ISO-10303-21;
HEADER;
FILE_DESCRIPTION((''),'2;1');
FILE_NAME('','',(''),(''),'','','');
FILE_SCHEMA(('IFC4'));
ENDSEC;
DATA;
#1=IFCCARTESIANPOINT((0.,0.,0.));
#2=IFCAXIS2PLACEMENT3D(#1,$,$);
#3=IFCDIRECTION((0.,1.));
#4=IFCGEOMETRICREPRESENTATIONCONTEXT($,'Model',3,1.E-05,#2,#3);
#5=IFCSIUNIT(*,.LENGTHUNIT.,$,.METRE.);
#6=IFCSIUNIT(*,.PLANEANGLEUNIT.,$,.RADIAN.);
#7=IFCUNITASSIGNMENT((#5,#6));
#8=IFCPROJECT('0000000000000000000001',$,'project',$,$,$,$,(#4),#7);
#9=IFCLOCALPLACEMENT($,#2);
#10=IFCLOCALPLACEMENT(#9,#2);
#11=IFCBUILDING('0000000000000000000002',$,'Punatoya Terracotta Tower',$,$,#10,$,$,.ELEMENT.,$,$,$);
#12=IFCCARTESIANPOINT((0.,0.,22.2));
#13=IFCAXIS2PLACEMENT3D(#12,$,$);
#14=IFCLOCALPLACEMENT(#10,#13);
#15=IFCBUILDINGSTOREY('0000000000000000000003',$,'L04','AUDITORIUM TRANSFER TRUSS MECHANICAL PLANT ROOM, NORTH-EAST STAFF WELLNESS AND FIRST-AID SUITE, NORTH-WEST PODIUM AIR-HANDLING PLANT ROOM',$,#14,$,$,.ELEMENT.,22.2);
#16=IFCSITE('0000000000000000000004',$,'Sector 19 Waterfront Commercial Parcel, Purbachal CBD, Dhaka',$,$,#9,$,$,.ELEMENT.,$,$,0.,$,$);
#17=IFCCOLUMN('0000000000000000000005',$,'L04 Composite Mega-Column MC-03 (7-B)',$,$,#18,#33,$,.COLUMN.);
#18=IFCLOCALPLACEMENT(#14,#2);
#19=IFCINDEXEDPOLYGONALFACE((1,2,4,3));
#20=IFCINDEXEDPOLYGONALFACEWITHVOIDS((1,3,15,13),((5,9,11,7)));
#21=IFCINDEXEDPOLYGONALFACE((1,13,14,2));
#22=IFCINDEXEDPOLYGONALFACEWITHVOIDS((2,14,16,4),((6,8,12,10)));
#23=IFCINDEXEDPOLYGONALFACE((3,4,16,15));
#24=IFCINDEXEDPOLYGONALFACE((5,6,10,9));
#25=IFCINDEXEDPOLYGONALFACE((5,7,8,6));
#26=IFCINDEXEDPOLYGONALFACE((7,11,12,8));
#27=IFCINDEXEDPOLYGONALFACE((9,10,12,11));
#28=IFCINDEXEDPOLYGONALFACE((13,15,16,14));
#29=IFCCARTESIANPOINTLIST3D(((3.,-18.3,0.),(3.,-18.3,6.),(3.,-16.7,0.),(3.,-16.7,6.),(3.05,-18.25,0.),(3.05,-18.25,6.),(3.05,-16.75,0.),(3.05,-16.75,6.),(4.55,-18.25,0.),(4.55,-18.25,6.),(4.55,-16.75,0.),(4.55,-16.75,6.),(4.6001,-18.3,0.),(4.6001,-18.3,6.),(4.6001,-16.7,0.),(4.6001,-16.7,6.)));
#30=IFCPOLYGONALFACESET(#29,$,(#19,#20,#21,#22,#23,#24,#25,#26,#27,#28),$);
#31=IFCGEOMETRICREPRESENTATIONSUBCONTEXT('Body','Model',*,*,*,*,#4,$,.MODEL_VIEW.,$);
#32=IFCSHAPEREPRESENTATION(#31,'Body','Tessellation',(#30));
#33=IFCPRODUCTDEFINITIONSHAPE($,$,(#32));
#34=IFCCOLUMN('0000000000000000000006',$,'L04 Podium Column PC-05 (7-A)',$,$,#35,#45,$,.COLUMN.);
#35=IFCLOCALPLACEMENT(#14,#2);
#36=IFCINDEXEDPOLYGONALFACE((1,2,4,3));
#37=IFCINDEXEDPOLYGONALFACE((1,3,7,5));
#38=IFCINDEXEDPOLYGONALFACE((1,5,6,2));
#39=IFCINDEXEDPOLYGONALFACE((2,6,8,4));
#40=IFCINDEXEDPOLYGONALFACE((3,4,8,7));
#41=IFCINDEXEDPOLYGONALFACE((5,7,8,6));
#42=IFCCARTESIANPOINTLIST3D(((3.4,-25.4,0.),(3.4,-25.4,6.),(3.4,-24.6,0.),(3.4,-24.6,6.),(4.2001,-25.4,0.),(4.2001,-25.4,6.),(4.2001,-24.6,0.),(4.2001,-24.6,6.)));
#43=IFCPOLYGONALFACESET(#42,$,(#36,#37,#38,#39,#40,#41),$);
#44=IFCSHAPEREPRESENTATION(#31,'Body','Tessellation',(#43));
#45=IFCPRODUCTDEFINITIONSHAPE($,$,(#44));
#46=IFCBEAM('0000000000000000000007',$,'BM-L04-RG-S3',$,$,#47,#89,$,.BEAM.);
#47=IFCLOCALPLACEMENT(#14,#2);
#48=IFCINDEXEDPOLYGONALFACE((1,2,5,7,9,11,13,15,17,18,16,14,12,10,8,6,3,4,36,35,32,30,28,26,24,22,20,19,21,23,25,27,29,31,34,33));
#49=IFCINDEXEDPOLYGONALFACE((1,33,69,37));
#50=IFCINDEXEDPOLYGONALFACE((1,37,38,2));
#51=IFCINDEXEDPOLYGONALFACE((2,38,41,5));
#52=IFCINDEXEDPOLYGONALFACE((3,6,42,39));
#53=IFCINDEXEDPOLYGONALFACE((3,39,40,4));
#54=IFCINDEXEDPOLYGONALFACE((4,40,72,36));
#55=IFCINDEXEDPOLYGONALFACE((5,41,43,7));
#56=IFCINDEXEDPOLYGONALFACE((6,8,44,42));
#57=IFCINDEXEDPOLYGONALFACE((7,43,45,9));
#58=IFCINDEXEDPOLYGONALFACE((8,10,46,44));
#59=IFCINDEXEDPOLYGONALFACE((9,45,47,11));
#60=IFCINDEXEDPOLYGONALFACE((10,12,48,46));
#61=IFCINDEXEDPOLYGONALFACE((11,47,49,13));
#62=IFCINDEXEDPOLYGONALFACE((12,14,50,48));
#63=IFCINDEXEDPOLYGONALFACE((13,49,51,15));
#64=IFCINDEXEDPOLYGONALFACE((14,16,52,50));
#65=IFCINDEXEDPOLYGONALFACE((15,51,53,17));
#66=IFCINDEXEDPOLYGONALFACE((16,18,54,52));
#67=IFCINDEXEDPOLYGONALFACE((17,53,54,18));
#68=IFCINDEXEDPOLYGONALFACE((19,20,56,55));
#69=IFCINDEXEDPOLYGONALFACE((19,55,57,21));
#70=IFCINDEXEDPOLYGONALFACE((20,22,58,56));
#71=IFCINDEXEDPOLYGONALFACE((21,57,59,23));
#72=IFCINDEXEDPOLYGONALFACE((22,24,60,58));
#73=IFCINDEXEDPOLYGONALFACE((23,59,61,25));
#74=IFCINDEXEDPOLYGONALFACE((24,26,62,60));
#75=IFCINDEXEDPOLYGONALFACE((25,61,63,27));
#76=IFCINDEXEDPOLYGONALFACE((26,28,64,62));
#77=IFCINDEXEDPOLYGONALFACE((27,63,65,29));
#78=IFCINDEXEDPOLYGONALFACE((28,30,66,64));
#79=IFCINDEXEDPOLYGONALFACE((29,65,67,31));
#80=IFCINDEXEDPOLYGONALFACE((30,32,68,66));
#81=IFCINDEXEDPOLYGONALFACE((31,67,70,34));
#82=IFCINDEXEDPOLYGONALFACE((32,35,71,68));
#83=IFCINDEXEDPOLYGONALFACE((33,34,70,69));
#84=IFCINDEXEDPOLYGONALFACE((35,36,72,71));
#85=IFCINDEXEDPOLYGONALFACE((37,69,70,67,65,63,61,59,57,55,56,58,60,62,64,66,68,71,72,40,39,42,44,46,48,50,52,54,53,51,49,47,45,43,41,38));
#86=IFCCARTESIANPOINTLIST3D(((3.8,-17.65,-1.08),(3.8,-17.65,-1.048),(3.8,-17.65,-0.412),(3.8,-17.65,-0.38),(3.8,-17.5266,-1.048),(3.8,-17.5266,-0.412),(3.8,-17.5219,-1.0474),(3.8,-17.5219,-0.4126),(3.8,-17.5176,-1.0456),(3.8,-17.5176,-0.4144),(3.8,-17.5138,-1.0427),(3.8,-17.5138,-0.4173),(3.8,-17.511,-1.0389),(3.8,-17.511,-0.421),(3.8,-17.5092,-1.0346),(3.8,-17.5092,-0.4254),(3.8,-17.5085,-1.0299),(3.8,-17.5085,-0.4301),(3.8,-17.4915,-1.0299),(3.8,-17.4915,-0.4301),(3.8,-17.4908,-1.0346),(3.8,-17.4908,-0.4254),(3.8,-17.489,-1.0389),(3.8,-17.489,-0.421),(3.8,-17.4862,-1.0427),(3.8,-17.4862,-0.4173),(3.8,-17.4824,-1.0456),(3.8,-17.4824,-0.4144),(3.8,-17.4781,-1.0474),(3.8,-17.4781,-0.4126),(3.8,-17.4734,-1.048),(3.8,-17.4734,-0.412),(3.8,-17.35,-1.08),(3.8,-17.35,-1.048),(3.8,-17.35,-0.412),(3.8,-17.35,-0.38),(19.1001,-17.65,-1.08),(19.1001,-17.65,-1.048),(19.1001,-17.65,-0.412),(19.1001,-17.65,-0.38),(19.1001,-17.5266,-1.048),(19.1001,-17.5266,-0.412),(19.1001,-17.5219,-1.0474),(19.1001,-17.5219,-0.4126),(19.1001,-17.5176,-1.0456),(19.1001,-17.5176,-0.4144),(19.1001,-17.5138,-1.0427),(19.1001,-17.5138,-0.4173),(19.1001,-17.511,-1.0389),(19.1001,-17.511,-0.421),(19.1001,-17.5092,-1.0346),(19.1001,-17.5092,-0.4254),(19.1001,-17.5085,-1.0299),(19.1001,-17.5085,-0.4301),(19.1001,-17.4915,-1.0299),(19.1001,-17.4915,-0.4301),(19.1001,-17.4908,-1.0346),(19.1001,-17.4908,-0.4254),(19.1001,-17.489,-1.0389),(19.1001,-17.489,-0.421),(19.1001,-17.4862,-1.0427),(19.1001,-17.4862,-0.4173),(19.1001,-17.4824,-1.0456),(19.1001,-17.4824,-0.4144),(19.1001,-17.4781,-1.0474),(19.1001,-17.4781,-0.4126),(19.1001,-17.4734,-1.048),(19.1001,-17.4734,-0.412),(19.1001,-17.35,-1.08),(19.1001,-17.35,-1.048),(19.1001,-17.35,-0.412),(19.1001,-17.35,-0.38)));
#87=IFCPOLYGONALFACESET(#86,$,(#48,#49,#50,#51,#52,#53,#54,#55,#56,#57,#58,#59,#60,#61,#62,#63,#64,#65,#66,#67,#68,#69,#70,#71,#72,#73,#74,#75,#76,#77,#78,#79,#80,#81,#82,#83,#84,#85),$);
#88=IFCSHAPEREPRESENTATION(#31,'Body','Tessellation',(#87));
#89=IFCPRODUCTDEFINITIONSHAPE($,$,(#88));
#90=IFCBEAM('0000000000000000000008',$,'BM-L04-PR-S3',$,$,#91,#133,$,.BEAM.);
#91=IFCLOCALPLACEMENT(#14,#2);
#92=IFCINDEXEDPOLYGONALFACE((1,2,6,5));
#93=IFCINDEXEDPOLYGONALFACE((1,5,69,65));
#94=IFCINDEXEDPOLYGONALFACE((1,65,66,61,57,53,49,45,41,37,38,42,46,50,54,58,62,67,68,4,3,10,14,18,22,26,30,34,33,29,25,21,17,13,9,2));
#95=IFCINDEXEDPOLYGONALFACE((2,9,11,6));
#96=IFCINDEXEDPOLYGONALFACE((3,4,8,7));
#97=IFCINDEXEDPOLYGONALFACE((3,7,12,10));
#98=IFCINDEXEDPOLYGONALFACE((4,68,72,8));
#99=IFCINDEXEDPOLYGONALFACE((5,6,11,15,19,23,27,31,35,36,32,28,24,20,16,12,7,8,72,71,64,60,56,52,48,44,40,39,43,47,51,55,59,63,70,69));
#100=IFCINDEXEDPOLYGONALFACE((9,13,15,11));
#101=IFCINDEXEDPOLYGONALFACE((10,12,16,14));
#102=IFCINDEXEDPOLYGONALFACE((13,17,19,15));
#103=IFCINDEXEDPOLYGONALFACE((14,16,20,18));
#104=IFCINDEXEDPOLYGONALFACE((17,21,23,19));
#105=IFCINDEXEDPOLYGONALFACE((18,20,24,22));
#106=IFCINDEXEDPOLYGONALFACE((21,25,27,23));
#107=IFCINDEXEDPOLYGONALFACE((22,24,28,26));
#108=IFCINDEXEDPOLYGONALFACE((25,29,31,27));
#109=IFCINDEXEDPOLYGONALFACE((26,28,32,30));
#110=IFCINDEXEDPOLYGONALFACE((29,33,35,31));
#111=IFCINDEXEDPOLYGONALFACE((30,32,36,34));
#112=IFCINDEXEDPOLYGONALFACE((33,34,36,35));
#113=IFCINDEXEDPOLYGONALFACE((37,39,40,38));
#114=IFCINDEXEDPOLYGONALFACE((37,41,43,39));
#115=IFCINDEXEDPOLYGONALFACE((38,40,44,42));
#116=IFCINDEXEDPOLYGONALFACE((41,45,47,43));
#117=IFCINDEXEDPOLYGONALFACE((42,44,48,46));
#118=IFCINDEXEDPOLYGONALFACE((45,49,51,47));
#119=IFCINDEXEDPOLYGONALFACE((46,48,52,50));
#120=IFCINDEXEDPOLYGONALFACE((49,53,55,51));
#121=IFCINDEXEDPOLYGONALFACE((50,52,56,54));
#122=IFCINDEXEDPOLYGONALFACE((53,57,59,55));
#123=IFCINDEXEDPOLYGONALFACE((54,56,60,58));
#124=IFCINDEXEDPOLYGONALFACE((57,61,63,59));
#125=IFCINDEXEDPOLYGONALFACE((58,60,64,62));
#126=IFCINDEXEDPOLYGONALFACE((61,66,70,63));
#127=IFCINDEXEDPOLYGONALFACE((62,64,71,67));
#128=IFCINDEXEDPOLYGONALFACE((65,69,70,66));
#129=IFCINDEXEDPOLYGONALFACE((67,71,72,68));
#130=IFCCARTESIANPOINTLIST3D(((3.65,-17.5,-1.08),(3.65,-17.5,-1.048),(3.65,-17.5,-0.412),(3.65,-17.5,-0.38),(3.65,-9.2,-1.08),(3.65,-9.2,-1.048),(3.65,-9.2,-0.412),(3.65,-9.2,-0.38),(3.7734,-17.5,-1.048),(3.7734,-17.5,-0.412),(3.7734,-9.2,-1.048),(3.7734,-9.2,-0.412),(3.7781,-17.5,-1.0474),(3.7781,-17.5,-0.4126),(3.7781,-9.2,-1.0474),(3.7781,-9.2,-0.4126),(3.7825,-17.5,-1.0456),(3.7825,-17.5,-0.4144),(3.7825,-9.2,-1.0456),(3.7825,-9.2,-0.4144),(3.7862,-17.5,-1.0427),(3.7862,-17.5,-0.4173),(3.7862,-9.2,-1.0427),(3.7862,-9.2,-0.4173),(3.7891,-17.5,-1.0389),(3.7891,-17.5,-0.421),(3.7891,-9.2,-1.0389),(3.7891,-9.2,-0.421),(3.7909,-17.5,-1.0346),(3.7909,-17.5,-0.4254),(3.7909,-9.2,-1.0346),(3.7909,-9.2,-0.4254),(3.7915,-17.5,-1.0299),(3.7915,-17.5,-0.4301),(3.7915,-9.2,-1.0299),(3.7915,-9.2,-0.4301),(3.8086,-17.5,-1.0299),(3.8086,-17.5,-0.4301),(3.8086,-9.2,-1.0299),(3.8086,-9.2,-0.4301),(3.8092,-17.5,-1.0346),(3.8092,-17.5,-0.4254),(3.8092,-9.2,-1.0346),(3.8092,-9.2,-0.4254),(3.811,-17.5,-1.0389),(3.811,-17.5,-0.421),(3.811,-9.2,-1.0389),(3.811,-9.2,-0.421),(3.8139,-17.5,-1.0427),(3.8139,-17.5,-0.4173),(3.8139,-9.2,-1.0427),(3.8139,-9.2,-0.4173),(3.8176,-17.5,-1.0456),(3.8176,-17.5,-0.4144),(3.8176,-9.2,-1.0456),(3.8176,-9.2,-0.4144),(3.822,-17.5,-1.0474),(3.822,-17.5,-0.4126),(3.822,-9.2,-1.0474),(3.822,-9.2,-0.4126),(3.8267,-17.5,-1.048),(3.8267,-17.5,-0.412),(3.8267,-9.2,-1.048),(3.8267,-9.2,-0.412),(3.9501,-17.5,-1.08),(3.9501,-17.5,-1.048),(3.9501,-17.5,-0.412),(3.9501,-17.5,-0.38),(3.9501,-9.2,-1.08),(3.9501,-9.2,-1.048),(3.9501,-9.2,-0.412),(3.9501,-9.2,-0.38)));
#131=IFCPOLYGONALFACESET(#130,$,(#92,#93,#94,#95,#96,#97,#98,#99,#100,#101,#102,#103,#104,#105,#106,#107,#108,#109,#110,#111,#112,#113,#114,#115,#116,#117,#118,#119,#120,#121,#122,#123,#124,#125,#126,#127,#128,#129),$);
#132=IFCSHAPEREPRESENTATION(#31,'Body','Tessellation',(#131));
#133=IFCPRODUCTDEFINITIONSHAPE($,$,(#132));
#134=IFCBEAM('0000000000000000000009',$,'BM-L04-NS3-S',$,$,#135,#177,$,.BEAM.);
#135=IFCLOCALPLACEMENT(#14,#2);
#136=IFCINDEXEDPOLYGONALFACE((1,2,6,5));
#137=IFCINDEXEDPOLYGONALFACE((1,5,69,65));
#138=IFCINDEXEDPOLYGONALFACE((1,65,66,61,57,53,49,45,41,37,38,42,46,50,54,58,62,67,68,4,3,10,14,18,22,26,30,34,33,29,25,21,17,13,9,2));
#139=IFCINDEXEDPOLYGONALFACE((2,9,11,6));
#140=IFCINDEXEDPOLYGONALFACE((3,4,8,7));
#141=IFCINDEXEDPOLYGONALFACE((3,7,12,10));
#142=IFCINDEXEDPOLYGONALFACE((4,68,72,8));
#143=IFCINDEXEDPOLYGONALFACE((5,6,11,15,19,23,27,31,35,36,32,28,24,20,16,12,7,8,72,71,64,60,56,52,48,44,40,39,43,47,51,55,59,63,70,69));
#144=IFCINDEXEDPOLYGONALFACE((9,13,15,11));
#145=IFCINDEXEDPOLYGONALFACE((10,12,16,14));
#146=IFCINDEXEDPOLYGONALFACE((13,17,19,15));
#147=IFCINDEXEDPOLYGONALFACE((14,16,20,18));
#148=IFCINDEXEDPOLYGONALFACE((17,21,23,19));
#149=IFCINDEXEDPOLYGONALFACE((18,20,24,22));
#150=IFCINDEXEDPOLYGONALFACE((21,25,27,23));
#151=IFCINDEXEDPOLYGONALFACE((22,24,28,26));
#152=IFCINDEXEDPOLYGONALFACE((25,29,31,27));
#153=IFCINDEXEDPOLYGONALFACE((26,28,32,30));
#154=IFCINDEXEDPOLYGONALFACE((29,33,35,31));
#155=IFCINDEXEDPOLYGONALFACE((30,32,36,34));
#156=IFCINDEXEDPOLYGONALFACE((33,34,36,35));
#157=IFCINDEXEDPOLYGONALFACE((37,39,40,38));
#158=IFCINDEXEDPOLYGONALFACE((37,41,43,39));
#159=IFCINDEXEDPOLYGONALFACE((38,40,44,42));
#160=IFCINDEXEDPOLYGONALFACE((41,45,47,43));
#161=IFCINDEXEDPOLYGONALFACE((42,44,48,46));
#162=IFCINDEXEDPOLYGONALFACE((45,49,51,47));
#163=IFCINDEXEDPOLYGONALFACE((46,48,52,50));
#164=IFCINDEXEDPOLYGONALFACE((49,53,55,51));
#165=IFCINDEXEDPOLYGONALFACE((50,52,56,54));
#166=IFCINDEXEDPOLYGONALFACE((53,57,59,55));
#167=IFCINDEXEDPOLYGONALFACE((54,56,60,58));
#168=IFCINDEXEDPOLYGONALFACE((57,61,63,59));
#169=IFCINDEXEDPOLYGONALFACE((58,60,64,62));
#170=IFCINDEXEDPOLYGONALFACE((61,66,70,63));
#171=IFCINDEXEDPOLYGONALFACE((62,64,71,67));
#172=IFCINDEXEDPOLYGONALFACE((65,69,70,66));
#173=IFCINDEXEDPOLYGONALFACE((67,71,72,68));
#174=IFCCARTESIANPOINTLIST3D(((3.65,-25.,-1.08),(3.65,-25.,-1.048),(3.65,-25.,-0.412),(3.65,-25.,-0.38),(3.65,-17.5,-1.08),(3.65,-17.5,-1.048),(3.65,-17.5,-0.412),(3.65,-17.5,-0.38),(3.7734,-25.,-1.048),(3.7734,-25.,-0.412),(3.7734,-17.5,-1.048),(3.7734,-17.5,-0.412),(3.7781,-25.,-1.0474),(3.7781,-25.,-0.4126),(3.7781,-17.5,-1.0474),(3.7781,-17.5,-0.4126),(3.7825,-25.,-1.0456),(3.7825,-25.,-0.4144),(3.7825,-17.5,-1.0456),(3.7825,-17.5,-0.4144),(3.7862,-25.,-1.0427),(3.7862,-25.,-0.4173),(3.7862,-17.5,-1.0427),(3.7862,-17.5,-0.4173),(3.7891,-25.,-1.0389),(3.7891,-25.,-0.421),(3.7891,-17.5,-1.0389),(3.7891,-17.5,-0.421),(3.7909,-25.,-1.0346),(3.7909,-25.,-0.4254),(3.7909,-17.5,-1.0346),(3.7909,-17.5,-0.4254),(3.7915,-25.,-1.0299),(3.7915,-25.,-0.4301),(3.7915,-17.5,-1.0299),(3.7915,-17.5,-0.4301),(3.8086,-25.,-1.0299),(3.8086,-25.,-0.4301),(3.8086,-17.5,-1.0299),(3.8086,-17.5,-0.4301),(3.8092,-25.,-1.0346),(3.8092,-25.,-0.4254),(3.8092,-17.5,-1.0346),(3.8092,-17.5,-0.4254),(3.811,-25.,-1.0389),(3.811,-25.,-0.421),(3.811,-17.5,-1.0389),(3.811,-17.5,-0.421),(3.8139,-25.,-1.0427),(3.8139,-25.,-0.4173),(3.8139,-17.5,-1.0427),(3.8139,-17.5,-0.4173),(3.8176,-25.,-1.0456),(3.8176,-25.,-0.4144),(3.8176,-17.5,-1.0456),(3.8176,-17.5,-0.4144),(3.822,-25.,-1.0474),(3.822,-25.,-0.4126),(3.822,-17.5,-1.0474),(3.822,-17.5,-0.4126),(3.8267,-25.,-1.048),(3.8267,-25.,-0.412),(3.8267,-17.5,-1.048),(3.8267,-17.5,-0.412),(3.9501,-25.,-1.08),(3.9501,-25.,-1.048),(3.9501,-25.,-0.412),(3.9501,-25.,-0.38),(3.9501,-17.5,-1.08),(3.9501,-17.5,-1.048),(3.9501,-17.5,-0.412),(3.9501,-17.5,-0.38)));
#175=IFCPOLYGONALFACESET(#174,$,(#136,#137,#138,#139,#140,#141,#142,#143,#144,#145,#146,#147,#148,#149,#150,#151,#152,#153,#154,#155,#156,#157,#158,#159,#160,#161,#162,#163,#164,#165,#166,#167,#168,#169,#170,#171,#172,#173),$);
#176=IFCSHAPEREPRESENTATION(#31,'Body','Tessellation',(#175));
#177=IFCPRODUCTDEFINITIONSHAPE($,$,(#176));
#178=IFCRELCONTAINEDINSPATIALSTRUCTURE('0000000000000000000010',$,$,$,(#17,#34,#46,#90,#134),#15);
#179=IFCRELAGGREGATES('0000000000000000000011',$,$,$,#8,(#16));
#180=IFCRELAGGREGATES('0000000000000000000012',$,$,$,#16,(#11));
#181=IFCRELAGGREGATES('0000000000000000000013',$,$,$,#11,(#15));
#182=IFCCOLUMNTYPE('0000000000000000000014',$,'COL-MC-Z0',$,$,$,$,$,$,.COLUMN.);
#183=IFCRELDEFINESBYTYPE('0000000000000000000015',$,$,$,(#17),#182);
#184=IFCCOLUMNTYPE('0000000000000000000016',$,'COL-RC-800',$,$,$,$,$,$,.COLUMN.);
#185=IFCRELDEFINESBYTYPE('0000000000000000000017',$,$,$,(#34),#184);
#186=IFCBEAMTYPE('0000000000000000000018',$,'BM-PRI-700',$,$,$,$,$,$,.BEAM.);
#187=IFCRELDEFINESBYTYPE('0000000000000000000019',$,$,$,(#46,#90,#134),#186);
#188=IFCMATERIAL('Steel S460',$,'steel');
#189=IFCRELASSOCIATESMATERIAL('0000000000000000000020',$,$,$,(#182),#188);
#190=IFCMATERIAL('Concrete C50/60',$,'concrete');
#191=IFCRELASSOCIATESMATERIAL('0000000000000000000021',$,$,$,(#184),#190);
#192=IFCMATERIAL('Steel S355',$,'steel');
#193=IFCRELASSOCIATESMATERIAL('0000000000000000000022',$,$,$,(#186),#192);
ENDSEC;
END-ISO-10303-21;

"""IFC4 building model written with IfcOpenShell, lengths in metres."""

from ifc_helpers import new_model, si_unit, direction, frame, origin, origin_2d, place, context, subcontext, project, spatial, rectangle, hollow_rectangle, i_section, extrude, material, material_profile, profile_set, type_object, element, save


model = new_model("IFC4")

# Units and contexts
model_context = context("Model", 3, precision=1e-05, world=origin(), true_north=direction((0.0, 1.0)))
body_context = subcontext(model_context, "Body", "Model", "MODEL_VIEW")
ifc_project = project(units=[si_unit("LENGTHUNIT", "METRE"), si_unit("PLANEANGLEUNIT", "RADIAN")], contexts=[model_context])

# Site, building, storey
site_placement = place(None, origin())
site = spatial("IfcSite", under=ifc_project, at=site_placement, Name="Sector 19 Waterfront Commercial Parcel, Purbachal CBD, Dhaka", CompositionType="ELEMENT", RefElevation=0.0)
building_placement = place(site_placement, origin())
building = spatial("IfcBuilding", under=site, at=building_placement, Name="Punatoya Terracotta Tower", CompositionType="ELEMENT")
storey_placement = place(building_placement, frame((0.0, 0.0, 22.2)))
storey = spatial("IfcBuildingStorey", under=building, at=storey_placement, Name="L04", Description="AUDITORIUM TRANSFER TRUSS MECHANICAL PLANT ROOM, NORTH-EAST STAFF WELLNESS AND FIRST-AID SUITE, NORTH-WEST PODIUM AIR-HANDLING PLANT ROOM", CompositionType="ELEMENT", Elevation=22.2)

# Columns
ifc_material_1 = material(Name="Steel S460", Category="steel")
ifc_material_profile_1 = material_profile(ifc_material_1, hollow_rectangle(XDim=1.6001, YDim=1.6001, WallThickness=0.05, at=origin_2d()))
ifc_profile_set_1 = profile_set([ifc_material_profile_1], Name="Steel S460")
column_type_1 = type_object("IfcColumnType", Name="COL-MC-Z0", PredefinedType="COLUMN", material=ifc_profile_set_1)
column_1_placement = place(storey_placement, frame((3.8, -17.5, 0.0), z_axis=(0.0, 0.0, 1.0), x_axis=(1.0, 0.0, 0.0)))
element("IfcColumn", 1, at=column_1_placement, inside=storey, type_object=column_type_1, Name="L04 Composite Mega-Column MC-03 (7-B)", PredefinedType="COLUMN", context=body_context, shape_type="SweptSolid", body=[
    extrude(hollow_rectangle(XDim=1.6001, YDim=1.6001, WallThickness=0.05, at=origin_2d()), origin(), (0.0, 0.0, 1.0), 6.0),
])
ifc_material_2 = material(Name="Concrete C50/60", Category="concrete")
ifc_material_profile_2 = material_profile(ifc_material_2, rectangle(XDim=0.8, YDim=0.8, at=origin_2d()))
ifc_profile_set_2 = profile_set([ifc_material_profile_2], Name="Concrete C50/60")
column_type_2 = type_object("IfcColumnType", Name="COL-RC-800", PredefinedType="COLUMN", material=ifc_profile_set_2)
column_2_placement = place(storey_placement, frame((3.8, -25.0, 0.0), z_axis=(0.0, 0.0, 1.0), x_axis=(1.0, 0.0, 0.0)))
element("IfcColumn", 2, at=column_2_placement, inside=storey, type_object=column_type_2, Name="L04 Podium Column PC-05 (7-A)", PredefinedType="COLUMN", context=body_context, shape_type="SweptSolid", body=[
    extrude(rectangle(XDim=0.8, YDim=0.8, at=origin_2d()), origin(), (0.0, 0.0, 1.0), 6.0),
])

# Beams
ifc_material_3 = material(Name="Steel S355", Category="steel")
ifc_material_profile_3 = material_profile(ifc_material_3, i_section(OverallWidth=0.3, OverallDepth=0.7, WebThickness=0.0171, FlangeThickness=0.032, FilletRadius=0.0181, at=origin_2d()))
ifc_profile_set_3 = profile_set([ifc_material_profile_3], Name="Steel S355")
beam_type_1 = type_object("IfcBeamType", Name="BM-PRI-700", PredefinedType="BEAM", material=ifc_profile_set_3)
beam_1_placement = place(storey_placement, frame((3.8, -17.5, -0.73), z_axis=(1.0, 0.0, 0.0), x_axis=(0.0, 1.0, 0.0)))
element("IfcBeam", 3, at=beam_1_placement, inside=storey, type_object=beam_type_1, Name="BM-L04-RG-S3", PredefinedType="BEAM", context=body_context, shape_type="SweptSolid", body=[
    extrude(i_section(OverallWidth=0.3, OverallDepth=0.7, WebThickness=0.0171, FlangeThickness=0.032, FilletRadius=0.0181, at=origin_2d()), origin(), (0.0, 0.0, 1.0), 15.3),
])
beam_2_placement = place(storey_placement, frame((3.8, -17.5, -0.73), z_axis=(0.0, 1.0, 0.0), x_axis=(-1.0, 0.0, 0.0)))
element("IfcBeam", 4, at=beam_2_placement, inside=storey, type_object=beam_type_1, Name="BM-L04-PR-S3", PredefinedType="BEAM", context=body_context, shape_type="SweptSolid", body=[
    extrude(i_section(OverallWidth=0.3, OverallDepth=0.7, WebThickness=0.0171, FlangeThickness=0.032, FilletRadius=0.0181, at=origin_2d()), origin(), (0.0, 0.0, 1.0), 8.3),
])
beam_3_placement = place(storey_placement, frame((3.8, -25.0, -0.73), z_axis=(0.0, 1.0, 0.0), x_axis=(-1.0, 0.0, 0.0)))
element("IfcBeam", 5, at=beam_3_placement, inside=storey, type_object=beam_type_1, Name="BM-L04-NS3-S", PredefinedType="BEAM", context=body_context, shape_type="SweptSolid", body=[
    extrude(i_section(OverallWidth=0.3, OverallDepth=0.7, WebThickness=0.0171, FlangeThickness=0.032, FilletRadius=0.0181, at=origin_2d()), origin(), (0.0, 0.0, 1.0), 7.5),
])

save(model, "model.ifc")
